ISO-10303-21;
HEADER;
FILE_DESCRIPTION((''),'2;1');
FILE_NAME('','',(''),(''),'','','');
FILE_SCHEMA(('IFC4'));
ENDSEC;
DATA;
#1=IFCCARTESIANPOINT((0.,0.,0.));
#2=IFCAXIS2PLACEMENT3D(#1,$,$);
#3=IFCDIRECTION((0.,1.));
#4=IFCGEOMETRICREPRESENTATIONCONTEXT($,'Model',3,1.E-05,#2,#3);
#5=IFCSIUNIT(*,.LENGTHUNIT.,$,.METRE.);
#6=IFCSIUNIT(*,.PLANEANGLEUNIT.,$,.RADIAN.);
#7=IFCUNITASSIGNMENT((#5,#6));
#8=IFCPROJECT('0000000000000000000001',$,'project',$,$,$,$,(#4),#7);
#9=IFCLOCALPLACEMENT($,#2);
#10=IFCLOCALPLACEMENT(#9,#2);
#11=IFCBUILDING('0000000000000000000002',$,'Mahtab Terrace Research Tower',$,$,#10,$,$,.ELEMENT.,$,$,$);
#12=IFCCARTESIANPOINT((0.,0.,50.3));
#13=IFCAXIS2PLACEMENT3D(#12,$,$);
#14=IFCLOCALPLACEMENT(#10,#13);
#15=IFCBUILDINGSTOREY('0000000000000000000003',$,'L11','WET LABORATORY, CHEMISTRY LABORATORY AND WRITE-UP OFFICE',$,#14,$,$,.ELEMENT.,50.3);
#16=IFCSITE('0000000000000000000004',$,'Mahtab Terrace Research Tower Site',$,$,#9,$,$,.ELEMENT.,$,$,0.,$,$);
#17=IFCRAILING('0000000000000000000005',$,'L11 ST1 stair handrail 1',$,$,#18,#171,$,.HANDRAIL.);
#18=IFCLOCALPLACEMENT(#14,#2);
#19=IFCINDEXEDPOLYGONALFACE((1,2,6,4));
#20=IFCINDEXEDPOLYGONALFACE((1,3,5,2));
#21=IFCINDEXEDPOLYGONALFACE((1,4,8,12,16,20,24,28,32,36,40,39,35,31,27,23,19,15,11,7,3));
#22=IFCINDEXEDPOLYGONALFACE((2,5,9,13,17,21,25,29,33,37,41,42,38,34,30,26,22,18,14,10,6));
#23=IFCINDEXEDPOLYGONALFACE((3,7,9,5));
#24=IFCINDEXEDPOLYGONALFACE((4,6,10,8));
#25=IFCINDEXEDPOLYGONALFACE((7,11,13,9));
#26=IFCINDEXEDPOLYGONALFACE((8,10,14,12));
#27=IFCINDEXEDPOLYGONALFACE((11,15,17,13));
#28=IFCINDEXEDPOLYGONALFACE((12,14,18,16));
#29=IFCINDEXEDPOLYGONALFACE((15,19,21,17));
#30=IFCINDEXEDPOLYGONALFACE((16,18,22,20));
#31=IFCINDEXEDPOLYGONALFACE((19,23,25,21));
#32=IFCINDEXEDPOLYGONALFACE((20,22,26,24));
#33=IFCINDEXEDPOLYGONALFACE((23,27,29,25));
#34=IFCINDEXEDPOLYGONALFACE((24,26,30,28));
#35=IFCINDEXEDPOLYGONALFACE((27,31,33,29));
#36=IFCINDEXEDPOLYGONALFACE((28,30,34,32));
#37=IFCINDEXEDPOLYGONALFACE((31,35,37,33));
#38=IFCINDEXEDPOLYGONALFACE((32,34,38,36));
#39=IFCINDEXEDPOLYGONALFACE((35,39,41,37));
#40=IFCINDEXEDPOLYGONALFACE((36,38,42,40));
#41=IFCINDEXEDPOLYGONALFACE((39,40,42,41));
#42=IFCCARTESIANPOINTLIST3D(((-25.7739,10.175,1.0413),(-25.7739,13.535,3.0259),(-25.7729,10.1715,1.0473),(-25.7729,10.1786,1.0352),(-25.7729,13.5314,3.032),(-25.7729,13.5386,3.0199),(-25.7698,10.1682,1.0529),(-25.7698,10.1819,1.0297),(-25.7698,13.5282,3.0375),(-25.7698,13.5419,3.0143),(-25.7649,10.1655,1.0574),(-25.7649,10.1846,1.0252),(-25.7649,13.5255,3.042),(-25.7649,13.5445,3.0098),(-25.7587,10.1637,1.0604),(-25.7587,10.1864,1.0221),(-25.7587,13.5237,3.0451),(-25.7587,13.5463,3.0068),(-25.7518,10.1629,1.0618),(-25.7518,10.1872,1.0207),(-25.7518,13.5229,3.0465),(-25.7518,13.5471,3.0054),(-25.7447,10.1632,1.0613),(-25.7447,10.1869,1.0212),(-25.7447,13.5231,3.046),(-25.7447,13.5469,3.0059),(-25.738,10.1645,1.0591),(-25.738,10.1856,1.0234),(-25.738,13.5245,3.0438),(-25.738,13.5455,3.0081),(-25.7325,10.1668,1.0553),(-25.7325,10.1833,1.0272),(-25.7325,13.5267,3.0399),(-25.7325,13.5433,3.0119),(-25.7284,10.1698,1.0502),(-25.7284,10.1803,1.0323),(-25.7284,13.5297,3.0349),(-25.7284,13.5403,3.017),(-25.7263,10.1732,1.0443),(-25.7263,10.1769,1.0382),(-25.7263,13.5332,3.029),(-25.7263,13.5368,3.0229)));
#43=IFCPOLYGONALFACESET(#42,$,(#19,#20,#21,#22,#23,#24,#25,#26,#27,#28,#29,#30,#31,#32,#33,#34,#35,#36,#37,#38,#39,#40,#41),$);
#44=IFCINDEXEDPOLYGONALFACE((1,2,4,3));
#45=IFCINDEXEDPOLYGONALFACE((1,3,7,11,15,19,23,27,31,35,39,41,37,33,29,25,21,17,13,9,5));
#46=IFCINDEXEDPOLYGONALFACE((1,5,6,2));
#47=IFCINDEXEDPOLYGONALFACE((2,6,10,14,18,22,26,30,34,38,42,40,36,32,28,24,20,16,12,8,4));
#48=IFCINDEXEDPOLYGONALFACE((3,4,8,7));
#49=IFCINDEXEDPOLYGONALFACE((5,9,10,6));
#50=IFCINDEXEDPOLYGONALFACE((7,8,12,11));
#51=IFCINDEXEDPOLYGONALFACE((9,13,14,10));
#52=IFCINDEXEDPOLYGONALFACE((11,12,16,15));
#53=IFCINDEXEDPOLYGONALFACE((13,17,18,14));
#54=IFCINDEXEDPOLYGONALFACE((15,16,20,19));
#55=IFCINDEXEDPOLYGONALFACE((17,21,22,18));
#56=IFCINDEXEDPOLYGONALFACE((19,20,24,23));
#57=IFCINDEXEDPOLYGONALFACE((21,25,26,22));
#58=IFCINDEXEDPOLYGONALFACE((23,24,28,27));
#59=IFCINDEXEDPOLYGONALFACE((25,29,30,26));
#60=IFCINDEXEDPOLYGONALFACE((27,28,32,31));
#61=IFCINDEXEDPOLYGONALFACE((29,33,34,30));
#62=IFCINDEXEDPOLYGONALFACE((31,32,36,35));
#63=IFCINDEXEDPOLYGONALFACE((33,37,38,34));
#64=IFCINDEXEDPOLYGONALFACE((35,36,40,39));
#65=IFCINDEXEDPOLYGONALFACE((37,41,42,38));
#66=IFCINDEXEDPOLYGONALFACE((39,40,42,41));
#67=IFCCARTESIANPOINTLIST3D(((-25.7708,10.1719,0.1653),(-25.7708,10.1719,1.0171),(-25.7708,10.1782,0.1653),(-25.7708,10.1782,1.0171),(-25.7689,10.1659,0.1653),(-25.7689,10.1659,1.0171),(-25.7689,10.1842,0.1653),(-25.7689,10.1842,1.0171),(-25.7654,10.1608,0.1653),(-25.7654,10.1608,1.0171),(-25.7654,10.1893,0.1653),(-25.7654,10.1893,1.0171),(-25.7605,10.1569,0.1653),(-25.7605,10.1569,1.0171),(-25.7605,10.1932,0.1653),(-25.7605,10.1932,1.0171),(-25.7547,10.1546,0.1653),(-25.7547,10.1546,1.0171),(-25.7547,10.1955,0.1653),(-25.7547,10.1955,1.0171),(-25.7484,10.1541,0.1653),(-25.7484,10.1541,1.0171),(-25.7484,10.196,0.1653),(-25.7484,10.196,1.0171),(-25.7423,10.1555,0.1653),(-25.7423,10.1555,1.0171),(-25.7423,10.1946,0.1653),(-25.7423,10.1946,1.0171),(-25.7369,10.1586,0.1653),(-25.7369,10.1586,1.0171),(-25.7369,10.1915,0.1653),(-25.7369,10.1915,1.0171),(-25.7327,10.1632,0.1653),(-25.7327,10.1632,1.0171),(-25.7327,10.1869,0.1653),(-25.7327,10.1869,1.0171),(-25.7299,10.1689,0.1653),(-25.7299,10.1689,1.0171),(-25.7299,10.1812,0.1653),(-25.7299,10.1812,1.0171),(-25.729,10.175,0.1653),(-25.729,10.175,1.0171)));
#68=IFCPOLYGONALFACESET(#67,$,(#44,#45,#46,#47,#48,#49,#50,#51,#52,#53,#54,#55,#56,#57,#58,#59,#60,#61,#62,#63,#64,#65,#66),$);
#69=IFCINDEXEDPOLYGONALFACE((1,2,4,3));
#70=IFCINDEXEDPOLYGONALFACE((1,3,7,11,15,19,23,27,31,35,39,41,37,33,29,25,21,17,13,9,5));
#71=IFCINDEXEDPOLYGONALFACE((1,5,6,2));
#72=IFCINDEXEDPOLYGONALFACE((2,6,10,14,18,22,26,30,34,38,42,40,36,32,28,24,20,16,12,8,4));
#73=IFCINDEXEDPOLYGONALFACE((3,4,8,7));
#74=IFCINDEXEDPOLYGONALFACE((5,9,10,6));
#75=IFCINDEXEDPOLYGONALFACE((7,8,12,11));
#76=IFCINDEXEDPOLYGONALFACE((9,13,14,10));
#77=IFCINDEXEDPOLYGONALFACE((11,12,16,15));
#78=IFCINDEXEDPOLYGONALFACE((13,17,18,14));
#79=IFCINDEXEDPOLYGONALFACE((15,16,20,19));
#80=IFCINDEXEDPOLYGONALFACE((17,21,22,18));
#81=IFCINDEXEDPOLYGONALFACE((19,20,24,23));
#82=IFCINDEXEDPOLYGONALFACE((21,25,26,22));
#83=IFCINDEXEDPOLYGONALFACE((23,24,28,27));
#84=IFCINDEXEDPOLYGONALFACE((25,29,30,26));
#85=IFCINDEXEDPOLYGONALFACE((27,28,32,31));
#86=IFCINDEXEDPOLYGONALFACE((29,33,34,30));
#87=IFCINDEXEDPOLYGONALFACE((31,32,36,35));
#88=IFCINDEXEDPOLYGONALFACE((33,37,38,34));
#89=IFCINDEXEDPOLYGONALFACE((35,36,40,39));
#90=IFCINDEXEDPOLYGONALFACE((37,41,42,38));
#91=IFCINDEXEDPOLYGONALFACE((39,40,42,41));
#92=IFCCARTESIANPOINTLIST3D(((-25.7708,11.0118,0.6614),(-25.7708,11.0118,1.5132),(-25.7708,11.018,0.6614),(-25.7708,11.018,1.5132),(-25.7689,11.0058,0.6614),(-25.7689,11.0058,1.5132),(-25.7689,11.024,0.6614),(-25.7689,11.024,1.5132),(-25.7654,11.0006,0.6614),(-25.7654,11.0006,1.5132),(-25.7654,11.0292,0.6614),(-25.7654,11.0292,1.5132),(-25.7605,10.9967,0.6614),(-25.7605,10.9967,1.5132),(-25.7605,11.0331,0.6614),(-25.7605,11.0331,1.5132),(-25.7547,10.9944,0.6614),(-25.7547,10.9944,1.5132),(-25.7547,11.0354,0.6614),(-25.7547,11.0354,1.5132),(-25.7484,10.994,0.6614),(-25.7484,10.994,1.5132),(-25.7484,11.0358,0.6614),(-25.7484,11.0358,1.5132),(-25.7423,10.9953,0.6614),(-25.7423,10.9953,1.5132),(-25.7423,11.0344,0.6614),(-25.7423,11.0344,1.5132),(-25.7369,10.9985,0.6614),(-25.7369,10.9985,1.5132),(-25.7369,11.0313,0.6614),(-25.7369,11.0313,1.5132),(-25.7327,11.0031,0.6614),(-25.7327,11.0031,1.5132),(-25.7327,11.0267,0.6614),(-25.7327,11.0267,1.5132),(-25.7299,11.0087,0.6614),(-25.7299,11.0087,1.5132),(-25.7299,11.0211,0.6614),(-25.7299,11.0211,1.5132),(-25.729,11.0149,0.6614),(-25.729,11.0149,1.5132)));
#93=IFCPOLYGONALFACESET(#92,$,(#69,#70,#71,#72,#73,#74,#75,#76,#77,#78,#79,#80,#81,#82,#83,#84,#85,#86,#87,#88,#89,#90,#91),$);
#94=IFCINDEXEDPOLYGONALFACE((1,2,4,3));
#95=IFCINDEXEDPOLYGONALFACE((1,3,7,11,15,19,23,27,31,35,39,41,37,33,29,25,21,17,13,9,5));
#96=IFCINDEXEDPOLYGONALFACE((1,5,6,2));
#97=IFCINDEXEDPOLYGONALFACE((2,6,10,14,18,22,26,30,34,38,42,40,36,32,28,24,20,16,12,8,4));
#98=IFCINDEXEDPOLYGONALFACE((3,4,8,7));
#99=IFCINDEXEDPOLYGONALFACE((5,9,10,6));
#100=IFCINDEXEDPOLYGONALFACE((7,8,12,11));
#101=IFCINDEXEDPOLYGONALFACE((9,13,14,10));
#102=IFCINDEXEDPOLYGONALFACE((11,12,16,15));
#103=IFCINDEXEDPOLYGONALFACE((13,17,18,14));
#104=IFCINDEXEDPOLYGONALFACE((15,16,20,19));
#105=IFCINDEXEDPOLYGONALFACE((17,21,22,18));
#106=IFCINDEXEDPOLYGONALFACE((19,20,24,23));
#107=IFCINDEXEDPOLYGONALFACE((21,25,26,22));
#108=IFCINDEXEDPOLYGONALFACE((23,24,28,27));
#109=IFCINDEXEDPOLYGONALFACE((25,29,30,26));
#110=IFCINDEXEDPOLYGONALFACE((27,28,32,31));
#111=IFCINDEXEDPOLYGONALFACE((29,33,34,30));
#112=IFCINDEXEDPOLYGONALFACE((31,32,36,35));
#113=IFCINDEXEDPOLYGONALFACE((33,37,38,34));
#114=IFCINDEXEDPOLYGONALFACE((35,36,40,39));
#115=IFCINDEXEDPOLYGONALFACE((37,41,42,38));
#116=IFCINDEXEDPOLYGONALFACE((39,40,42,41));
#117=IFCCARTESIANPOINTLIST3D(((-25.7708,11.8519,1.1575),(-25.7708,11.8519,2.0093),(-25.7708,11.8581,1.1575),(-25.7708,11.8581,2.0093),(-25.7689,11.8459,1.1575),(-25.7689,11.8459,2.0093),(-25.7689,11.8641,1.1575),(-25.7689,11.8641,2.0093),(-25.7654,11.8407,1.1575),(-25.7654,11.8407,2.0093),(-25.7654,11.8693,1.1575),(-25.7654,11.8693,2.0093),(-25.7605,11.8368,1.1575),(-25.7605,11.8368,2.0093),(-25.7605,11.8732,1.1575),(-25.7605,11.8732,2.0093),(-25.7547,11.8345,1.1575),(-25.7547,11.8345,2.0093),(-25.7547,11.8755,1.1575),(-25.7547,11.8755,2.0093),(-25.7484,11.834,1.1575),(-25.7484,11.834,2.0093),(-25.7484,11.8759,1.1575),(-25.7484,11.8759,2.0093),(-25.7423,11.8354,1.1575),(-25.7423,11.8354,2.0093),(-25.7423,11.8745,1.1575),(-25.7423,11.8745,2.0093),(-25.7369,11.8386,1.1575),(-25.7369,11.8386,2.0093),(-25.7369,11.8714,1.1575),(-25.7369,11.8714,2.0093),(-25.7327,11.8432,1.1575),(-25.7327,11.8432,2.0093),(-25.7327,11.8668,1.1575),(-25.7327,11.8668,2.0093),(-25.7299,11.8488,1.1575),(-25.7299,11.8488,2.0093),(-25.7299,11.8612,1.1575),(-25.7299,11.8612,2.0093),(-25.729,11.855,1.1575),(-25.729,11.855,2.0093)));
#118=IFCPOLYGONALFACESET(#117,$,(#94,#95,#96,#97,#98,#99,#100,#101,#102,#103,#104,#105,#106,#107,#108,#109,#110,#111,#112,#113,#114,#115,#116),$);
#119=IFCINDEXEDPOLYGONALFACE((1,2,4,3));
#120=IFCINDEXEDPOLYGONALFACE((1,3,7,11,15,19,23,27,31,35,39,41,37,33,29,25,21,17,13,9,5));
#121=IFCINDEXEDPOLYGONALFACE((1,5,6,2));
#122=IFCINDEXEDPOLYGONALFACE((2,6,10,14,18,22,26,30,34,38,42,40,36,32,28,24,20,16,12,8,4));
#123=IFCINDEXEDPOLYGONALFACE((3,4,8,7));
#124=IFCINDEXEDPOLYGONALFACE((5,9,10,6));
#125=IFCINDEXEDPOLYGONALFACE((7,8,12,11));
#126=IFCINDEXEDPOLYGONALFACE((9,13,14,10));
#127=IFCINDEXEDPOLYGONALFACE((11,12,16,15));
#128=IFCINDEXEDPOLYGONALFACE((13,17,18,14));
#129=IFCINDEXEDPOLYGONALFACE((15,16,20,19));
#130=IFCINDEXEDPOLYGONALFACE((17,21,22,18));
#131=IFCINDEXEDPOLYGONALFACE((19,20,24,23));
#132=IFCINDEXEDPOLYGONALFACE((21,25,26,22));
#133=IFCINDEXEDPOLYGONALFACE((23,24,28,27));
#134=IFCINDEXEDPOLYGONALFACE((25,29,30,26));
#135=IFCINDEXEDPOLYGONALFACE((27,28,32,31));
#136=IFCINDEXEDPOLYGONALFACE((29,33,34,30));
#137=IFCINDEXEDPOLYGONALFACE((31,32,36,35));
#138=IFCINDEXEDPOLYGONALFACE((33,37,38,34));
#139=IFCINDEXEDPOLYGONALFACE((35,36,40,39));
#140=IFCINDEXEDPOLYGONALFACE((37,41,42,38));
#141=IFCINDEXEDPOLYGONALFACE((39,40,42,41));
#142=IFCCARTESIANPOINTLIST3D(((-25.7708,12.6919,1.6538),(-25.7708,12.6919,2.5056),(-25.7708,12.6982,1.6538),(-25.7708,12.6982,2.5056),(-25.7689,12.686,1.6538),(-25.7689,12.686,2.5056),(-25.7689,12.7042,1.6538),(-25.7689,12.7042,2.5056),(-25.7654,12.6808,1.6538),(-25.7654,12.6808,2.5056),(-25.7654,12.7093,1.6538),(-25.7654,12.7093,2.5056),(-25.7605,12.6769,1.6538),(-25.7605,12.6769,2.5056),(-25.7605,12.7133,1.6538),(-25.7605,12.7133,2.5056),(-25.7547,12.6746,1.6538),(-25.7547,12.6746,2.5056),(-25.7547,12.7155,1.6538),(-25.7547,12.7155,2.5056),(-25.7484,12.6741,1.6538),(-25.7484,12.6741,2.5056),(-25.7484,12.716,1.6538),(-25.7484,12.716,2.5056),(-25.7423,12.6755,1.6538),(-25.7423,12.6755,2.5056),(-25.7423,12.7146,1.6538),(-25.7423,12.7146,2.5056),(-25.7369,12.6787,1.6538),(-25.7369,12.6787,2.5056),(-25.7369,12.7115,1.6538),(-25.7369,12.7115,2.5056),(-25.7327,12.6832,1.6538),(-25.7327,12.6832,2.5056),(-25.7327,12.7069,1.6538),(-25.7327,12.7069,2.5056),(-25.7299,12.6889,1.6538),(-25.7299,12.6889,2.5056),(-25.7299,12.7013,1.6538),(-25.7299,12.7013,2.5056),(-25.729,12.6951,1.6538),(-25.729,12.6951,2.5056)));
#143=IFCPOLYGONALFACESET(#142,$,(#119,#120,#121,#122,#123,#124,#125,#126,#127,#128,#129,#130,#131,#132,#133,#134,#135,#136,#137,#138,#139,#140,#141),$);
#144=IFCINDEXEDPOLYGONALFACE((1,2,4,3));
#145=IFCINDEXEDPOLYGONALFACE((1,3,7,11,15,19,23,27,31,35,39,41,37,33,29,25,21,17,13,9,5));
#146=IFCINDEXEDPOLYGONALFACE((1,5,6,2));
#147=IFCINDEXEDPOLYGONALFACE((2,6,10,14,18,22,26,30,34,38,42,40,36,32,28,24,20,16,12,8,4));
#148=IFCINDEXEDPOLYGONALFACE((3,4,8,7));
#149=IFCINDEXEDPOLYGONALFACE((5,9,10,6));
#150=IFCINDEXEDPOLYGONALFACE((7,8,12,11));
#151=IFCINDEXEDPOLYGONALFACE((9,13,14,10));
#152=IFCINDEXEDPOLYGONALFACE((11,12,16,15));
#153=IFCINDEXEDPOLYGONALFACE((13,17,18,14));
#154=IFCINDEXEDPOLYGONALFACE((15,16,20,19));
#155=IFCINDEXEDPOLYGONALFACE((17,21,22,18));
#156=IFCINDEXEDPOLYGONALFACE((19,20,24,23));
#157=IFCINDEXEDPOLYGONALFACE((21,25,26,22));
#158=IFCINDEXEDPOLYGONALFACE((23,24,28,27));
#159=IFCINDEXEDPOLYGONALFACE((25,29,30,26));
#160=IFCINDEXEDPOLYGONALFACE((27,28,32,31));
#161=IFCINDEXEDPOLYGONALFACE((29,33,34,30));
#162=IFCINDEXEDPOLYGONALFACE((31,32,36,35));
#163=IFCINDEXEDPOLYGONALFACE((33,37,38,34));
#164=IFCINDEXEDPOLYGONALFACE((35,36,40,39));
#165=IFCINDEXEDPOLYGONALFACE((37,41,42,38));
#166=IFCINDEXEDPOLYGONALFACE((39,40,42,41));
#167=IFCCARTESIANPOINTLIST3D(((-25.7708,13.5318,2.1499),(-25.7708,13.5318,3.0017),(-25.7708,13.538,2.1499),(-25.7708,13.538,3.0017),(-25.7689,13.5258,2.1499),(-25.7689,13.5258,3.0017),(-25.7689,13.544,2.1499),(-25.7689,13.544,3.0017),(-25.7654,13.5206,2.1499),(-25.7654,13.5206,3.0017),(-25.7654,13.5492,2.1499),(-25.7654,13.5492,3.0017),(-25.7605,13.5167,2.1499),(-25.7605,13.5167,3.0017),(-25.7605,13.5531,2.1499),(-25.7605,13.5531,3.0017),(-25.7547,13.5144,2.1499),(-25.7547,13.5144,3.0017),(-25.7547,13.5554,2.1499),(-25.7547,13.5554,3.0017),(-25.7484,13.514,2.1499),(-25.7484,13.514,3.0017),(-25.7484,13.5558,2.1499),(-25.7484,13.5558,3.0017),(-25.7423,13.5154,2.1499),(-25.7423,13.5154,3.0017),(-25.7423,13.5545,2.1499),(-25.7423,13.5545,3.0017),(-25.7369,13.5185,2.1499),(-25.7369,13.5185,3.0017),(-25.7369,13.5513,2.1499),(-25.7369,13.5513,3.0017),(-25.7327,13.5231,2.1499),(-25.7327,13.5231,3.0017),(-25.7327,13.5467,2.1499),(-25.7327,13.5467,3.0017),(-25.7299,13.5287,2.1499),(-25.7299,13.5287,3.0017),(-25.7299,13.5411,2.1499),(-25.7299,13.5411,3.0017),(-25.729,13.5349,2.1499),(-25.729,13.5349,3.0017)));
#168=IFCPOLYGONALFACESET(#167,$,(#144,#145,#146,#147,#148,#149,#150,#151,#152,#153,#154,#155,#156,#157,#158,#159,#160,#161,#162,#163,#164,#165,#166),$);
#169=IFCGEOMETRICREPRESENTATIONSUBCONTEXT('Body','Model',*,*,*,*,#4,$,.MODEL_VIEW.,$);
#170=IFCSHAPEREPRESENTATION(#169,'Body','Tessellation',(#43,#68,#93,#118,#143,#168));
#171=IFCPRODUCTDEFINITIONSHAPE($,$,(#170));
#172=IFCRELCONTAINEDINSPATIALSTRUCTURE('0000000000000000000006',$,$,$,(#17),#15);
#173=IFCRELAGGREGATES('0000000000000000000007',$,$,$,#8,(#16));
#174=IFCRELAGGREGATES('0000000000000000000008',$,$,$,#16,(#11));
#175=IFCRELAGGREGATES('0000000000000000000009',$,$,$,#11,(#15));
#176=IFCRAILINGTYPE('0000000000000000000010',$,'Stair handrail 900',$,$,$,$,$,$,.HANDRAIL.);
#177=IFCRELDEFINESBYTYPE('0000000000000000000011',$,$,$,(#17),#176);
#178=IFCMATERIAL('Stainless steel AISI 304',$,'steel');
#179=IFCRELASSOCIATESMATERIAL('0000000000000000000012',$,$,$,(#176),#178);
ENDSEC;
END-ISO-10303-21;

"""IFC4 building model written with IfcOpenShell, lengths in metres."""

from ifc_helpers import new_model, si_unit, direction, frame, origin, origin_2d, place, context, subcontext, project, spatial, circle, extrude, material, type_object, element, save


model = new_model("IFC4")

# Units and contexts
model_context = context("Model", 3, precision=1e-05, world=origin(), true_north=direction((0.0, 1.0)))
body_context = subcontext(model_context, "Body", "Model", "MODEL_VIEW")
ifc_project = project(units=[si_unit("LENGTHUNIT", "METRE"), si_unit("PLANEANGLEUNIT", "RADIAN")], contexts=[model_context])

# Site, building, storey
site_placement = place(None, origin())
site = spatial("IfcSite", under=ifc_project, at=site_placement, Name="Mahtab Terrace Research Tower Site", CompositionType="ELEMENT", RefElevation=0.0)
building_placement = place(site_placement, origin())
building = spatial("IfcBuilding", under=site, at=building_placement, Name="Mahtab Terrace Research Tower", CompositionType="ELEMENT")
storey_placement = place(building_placement, frame((0.0, 0.0, 50.3)))
storey = spatial("IfcBuildingStorey", under=building, at=storey_placement, Name="L11", Description="WET LABORATORY, CHEMISTRY LABORATORY AND WRITE-UP OFFICE", CompositionType="ELEMENT", Elevation=50.3)

# Railing
ifc_material_1 = material(Name="Stainless steel AISI 304", Category="steel")
railing_type_1 = type_object("IfcRailingType", Name="Stair handrail 900", PredefinedType="HANDRAIL", material=ifc_material_1)
railing_1_placement = place(storey_placement, frame((-25.75, 10.175, 0.1653)))
element("IfcRailing", 1, at=railing_1_placement, inside=storey, type_object=railing_type_1, Name="L11 ST1 stair handrail 1", PredefinedType="HANDRAIL", context=body_context, shape_type="SweptSolid", body=[
    extrude(circle(Radius=0.0239, at=origin_2d()), frame((0.0, 0.0, 0.876), z_axis=(0.0, 0.861011, 0.508586), x_axis=(-1.0, 0.0, 0.0)), (0.0, 0.0, 1.0), 3.9023),
    extrude(circle(Radius=0.021, at=origin_2d()), origin(), (0.0, 0.0, 1.0), 0.8518),
    extrude(circle(Radius=0.021, at=origin_2d()), frame((0.0, 0.8398, 0.4961)), (0.0, 0.0, 1.0), 0.8518),
    extrude(circle(Radius=0.021, at=origin_2d()), frame((0.0, 1.6799, 0.9922)), (0.0, 0.0, 1.0), 0.8518),
    extrude(circle(Radius=0.021, at=origin_2d()), frame((0.0, 2.52, 1.4885)), (0.0, 0.0, 1.0), 0.8518),
    extrude(circle(Radius=0.021, at=origin_2d()), frame((0.0, 3.3599, 1.9846)), (0.0, 0.0, 1.0), 0.8518),
])

save(model, "model.ifc")
